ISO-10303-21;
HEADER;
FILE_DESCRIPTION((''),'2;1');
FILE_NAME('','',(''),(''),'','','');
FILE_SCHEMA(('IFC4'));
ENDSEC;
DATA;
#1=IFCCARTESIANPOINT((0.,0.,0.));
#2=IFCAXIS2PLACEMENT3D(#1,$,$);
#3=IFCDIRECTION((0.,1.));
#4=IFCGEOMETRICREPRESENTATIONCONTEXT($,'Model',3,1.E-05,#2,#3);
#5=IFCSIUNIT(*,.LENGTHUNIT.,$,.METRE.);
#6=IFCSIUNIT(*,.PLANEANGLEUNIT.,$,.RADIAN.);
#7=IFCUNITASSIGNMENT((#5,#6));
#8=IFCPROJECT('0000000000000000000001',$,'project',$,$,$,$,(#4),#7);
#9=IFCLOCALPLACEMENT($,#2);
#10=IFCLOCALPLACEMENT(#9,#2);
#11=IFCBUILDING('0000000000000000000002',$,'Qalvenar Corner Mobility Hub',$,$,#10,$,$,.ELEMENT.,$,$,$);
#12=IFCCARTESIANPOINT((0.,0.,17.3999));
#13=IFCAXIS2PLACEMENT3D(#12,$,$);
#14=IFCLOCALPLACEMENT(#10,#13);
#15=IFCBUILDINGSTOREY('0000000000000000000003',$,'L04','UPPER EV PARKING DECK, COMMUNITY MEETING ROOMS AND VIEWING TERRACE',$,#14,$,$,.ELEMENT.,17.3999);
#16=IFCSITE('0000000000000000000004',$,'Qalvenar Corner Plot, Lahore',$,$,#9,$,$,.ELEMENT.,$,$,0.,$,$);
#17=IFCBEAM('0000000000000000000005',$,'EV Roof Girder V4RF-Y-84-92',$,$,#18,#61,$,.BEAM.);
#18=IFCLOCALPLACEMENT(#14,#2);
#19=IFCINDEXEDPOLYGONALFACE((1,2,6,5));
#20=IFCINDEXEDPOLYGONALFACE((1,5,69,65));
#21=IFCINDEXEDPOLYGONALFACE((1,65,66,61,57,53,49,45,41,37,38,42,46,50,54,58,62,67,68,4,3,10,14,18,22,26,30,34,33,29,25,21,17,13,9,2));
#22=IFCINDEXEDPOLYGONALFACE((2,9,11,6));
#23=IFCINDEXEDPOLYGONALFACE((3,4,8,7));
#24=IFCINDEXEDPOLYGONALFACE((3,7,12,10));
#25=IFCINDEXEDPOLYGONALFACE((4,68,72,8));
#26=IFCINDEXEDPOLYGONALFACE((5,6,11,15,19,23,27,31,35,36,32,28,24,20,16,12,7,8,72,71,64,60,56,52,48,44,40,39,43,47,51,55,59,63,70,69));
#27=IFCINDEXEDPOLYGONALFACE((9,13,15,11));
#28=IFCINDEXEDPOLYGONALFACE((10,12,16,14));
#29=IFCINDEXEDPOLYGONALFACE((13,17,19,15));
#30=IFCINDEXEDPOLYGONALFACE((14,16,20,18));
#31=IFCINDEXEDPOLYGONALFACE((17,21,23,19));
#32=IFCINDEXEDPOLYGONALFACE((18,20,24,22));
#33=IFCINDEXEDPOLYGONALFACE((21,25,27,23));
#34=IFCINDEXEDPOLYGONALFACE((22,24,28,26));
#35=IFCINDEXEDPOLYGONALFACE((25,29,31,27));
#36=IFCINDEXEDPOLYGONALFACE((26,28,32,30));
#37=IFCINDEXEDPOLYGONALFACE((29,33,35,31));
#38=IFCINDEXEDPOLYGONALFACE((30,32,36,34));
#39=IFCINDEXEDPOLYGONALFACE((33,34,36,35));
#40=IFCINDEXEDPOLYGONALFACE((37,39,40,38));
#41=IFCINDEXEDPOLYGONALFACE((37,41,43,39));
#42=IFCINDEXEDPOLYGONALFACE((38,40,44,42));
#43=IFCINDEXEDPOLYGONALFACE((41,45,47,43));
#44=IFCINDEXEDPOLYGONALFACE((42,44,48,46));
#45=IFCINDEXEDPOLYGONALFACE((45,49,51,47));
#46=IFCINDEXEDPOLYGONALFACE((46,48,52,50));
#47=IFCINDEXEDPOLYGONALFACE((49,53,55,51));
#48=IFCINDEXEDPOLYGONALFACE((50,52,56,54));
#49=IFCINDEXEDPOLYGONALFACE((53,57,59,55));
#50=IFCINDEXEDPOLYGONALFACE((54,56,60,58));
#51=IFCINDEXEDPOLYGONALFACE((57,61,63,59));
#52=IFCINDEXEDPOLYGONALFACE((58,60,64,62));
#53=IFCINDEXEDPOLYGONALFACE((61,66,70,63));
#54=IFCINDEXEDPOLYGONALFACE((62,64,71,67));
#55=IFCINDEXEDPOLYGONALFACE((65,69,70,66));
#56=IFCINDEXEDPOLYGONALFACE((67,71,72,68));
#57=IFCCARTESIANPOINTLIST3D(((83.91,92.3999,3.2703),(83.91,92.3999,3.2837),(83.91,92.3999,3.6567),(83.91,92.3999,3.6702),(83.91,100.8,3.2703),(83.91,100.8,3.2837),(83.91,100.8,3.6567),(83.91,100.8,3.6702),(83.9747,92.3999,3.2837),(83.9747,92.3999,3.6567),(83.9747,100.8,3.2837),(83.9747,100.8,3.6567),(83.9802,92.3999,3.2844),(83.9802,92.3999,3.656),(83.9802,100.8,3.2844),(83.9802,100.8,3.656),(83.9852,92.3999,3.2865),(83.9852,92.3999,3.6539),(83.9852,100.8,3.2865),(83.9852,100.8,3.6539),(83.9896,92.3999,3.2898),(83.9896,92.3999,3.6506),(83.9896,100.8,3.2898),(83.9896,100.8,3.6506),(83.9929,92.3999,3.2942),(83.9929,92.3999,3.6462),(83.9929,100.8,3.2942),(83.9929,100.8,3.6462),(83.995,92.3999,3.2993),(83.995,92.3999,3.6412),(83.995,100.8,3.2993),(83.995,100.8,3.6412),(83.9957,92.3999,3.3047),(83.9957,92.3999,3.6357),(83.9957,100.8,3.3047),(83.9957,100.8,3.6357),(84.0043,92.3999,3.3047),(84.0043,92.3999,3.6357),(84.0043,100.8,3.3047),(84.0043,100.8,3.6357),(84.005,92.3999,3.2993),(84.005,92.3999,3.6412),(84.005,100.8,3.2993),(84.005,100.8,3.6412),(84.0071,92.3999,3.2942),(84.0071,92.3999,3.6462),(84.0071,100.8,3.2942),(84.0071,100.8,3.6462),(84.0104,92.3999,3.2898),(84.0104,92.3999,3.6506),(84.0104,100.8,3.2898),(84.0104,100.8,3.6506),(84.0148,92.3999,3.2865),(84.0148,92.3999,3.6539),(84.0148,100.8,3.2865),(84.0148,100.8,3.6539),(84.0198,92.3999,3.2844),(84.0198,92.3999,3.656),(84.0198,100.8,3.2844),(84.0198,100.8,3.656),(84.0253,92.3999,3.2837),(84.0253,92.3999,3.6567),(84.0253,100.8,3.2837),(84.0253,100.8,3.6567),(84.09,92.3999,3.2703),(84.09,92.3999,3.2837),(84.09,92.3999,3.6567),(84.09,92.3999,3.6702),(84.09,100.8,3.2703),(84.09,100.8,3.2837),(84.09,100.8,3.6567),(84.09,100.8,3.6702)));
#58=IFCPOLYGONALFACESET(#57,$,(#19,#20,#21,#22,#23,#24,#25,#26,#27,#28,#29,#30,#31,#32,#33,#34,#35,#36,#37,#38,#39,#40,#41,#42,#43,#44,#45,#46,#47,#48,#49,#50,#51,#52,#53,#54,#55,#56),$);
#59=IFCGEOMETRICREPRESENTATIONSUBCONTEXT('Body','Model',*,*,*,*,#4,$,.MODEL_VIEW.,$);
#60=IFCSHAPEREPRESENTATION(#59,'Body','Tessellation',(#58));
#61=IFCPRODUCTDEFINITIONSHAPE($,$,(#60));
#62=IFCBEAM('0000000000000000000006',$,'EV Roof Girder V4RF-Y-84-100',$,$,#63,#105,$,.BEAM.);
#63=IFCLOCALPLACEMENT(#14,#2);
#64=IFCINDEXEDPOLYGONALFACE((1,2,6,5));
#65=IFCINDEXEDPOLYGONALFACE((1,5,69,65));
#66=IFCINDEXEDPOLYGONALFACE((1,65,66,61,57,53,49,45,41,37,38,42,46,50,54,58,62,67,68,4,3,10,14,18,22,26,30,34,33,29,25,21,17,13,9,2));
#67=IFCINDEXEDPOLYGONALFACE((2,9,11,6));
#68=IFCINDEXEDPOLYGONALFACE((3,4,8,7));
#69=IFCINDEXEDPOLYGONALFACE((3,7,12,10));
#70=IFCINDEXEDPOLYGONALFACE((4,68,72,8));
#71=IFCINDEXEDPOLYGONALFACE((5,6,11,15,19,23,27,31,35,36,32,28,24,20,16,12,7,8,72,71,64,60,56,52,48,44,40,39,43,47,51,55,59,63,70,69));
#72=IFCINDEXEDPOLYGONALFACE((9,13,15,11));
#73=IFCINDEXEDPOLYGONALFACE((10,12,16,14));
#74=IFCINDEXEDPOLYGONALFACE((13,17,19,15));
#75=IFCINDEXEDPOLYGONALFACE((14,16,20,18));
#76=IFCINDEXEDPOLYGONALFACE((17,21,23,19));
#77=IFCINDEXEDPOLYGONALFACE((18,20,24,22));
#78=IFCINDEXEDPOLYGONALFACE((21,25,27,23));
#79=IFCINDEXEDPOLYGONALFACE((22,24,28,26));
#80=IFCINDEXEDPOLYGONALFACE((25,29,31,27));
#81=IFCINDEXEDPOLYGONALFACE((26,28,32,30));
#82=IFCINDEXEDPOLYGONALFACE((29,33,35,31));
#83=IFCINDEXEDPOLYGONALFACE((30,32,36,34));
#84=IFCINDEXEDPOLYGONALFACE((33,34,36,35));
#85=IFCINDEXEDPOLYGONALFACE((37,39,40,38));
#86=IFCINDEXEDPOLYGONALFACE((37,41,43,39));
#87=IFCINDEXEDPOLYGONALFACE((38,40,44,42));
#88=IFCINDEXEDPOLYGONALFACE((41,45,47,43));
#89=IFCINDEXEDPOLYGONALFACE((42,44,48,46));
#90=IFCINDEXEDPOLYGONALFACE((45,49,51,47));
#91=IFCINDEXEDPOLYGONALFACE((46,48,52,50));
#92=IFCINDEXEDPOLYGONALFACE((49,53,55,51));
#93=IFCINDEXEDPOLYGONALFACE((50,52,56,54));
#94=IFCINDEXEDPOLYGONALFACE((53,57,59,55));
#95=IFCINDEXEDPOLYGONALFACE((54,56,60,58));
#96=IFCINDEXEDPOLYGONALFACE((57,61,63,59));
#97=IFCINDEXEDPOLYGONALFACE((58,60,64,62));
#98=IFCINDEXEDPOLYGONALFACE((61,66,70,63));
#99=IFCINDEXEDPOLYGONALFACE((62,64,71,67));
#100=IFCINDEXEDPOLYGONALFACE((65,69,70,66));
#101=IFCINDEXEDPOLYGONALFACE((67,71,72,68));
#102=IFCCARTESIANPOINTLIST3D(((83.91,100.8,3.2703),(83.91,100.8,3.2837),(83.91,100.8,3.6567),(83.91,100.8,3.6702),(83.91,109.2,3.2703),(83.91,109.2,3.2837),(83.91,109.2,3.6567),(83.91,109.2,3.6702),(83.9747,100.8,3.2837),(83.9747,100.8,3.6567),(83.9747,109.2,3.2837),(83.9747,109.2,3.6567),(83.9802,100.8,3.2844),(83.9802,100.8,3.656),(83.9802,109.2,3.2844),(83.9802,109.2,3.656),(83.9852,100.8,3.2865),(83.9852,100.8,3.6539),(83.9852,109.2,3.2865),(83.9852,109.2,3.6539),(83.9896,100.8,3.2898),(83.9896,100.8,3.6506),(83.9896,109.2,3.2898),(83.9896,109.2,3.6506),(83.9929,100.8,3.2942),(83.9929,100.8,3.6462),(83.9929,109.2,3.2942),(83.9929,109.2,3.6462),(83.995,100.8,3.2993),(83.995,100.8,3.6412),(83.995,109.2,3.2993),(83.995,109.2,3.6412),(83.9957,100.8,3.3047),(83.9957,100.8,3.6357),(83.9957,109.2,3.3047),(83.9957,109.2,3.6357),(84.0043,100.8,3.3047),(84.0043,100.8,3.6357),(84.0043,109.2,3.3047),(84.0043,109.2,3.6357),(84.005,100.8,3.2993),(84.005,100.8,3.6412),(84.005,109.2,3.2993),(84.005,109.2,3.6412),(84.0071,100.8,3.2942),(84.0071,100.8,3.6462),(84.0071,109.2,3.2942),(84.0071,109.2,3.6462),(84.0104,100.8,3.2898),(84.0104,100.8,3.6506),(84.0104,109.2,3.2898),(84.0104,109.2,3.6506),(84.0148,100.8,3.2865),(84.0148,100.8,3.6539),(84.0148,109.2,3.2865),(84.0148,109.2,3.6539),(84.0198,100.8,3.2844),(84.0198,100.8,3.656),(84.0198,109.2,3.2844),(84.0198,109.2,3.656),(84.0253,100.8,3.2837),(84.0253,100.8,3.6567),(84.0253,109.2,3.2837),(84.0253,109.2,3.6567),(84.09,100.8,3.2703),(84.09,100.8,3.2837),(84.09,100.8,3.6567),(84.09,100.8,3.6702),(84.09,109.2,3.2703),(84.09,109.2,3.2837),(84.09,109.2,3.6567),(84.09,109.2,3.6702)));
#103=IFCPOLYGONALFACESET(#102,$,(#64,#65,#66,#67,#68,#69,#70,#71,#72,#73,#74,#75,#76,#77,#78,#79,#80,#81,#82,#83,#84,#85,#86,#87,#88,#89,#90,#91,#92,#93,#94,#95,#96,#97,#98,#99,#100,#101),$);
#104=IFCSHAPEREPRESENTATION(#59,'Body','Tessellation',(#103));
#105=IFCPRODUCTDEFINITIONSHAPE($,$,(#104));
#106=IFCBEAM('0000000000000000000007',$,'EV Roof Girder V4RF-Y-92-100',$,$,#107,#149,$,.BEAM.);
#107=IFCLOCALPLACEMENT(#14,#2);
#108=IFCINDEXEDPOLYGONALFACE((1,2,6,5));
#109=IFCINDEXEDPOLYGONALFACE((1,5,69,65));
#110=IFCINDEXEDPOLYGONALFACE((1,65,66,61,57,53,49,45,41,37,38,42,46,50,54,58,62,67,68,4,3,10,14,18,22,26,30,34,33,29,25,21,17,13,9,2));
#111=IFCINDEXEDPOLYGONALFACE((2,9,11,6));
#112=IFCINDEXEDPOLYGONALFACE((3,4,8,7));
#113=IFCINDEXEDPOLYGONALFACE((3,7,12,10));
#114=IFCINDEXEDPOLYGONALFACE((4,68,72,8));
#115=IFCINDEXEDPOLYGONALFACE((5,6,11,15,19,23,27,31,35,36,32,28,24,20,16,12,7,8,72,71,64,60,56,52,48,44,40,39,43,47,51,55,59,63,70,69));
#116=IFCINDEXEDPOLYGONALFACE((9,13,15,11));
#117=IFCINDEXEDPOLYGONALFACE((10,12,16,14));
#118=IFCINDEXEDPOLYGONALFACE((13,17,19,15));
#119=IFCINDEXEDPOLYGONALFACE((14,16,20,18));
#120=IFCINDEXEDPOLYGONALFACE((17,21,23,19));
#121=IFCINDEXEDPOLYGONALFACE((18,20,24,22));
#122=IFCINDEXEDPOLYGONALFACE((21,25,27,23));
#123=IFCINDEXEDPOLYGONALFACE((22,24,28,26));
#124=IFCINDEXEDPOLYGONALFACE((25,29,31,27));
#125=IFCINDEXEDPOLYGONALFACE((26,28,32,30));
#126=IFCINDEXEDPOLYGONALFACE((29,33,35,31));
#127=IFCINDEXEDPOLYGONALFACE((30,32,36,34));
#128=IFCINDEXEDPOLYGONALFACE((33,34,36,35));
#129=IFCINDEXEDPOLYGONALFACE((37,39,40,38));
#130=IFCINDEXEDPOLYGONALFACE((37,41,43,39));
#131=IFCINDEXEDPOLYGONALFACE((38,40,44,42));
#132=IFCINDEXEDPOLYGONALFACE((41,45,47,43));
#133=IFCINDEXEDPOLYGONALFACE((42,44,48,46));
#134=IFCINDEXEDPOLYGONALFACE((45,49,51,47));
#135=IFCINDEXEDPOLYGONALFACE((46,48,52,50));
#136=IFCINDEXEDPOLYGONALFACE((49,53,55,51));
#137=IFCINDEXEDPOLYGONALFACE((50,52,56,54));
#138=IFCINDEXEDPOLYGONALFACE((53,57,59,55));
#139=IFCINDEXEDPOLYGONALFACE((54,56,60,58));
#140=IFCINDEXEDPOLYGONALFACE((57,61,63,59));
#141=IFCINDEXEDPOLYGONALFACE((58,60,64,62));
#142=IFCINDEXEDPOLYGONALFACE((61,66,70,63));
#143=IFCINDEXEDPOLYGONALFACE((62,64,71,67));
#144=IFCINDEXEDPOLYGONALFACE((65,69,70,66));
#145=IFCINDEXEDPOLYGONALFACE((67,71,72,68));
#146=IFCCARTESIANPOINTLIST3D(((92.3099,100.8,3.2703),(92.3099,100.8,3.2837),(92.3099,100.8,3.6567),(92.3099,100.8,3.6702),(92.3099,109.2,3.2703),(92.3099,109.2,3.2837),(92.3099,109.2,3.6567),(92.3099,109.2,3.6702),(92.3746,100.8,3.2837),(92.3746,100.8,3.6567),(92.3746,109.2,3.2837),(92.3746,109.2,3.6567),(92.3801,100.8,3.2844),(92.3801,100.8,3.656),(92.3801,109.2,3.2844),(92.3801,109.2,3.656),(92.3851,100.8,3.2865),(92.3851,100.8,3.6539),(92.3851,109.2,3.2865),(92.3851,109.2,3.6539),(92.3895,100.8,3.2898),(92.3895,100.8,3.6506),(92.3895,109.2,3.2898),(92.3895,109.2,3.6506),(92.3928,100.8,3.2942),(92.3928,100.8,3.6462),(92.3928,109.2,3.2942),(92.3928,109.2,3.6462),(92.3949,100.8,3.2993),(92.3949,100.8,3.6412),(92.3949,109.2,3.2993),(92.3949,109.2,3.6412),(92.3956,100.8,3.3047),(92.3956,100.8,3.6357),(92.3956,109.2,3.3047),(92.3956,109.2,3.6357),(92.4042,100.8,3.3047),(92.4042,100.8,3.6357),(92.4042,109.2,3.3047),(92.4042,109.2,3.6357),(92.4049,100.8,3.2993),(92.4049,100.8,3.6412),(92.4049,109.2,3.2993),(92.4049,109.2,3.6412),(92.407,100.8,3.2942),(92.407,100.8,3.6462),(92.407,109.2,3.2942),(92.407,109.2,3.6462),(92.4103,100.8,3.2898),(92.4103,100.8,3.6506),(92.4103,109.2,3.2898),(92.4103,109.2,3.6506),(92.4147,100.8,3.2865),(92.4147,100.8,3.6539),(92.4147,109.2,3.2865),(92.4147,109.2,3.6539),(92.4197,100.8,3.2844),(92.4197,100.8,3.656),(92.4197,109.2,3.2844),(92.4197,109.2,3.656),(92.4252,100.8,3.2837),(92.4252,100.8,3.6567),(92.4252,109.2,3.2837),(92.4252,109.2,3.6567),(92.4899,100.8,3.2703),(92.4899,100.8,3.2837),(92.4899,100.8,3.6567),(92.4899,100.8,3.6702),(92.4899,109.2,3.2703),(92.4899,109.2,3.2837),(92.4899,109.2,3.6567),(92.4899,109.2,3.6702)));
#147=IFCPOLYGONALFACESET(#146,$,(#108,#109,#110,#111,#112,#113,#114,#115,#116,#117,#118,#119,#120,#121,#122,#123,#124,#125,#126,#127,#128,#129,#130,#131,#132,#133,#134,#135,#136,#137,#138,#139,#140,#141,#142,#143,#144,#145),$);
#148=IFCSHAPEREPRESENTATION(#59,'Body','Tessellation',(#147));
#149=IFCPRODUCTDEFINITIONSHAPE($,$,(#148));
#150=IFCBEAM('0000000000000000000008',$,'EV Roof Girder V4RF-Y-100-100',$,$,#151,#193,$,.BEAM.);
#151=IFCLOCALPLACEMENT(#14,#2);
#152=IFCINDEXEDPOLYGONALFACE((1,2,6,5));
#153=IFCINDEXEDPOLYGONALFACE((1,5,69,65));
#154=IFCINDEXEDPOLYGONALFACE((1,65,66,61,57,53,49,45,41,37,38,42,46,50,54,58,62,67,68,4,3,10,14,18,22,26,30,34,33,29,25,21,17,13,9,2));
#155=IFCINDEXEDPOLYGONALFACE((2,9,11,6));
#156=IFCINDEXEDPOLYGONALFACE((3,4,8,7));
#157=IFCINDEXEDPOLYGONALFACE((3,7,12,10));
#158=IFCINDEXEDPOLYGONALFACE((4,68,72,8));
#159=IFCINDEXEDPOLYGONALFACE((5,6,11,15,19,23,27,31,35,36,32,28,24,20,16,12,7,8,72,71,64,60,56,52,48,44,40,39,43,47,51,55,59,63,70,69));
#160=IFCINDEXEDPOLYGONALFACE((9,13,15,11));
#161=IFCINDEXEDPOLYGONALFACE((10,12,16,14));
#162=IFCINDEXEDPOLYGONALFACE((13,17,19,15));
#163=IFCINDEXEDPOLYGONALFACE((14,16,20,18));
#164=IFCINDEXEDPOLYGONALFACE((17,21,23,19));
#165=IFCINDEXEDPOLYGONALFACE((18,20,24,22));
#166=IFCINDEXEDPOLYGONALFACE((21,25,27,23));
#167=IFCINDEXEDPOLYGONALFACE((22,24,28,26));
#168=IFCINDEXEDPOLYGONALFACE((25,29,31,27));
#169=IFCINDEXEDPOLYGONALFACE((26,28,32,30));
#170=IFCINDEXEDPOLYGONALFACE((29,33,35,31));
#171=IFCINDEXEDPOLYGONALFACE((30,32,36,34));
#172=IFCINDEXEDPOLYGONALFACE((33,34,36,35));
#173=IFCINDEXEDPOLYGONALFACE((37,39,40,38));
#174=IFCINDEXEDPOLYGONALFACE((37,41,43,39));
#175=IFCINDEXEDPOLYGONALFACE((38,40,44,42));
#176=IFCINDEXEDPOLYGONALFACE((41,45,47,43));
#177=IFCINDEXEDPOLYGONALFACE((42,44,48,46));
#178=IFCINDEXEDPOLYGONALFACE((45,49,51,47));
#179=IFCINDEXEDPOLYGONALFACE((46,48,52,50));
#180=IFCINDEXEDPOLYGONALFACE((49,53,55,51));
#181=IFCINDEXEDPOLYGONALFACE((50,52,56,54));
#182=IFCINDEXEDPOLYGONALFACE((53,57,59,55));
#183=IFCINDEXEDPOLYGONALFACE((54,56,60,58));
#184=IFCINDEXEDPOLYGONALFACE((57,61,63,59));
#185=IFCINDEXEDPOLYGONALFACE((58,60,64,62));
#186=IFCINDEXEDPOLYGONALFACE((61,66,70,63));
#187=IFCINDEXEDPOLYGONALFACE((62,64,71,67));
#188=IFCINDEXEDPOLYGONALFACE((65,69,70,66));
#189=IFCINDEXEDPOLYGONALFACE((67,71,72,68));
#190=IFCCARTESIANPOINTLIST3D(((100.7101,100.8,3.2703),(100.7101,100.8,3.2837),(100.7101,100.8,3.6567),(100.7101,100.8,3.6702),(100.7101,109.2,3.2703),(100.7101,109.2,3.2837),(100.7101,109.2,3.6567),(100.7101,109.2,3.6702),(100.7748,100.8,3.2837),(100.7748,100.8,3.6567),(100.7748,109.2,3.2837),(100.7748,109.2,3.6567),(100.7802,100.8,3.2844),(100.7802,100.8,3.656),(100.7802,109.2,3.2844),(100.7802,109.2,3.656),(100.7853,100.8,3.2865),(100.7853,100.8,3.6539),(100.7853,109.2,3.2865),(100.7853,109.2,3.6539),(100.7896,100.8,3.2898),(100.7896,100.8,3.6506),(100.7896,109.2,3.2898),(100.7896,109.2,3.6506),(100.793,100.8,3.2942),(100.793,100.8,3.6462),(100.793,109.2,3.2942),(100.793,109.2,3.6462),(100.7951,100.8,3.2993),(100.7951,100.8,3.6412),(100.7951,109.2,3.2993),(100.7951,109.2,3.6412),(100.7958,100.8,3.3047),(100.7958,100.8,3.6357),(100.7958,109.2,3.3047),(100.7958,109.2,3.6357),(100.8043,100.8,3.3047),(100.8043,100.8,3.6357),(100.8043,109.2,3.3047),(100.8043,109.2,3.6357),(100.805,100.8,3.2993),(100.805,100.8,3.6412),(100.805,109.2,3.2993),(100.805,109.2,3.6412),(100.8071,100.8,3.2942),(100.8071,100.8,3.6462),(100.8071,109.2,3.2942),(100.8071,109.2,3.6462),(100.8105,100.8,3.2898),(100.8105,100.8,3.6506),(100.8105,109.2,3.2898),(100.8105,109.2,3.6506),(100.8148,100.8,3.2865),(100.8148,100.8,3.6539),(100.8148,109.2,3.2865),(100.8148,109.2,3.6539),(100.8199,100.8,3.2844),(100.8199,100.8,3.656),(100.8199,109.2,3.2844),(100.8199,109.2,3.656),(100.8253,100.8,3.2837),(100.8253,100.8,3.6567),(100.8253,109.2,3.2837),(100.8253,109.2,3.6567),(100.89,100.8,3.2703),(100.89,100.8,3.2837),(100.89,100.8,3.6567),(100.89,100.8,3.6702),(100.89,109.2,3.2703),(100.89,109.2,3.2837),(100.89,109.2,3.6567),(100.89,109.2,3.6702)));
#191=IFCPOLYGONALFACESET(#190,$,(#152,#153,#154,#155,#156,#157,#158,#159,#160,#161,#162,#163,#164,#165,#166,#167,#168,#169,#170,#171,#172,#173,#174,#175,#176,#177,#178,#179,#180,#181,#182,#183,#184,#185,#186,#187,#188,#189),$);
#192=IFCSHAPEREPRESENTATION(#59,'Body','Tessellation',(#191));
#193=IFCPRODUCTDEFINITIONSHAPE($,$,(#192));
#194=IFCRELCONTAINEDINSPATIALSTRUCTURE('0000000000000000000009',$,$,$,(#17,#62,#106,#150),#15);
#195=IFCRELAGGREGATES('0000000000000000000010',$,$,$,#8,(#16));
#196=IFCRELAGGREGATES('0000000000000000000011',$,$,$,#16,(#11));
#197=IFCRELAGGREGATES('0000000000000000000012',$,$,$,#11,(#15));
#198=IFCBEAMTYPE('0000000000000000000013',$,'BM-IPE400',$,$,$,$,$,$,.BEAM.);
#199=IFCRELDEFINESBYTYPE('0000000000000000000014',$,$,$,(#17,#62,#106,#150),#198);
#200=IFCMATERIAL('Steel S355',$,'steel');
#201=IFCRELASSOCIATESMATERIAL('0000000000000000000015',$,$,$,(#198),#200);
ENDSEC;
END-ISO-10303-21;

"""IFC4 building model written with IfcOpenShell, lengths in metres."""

from ifc_helpers import new_model, si_unit, direction, frame, origin, origin_2d, place, context, subcontext, project, spatial, i_section, extrude, material, material_profile, profile_set, type_object, element, save


model = new_model("IFC4")

# Units and contexts
model_context = context("Model", 3, precision=1e-05, world=origin(), true_north=direction((0.0, 1.0)))
body_context = subcontext(model_context, "Body", "Model", "MODEL_VIEW")
ifc_project = project(units=[si_unit("LENGTHUNIT", "METRE"), si_unit("PLANEANGLEUNIT", "RADIAN")], contexts=[model_context])

# Site, building, storey
site_placement = place(None, origin())
site = spatial("IfcSite", under=ifc_project, at=site_placement, Name="Qalvenar Corner Plot, Lahore", CompositionType="ELEMENT", RefElevation=0.0)
building_placement = place(site_placement, origin())
building = spatial("IfcBuilding", under=site, at=building_placement, Name="Qalvenar Corner Mobility Hub", CompositionType="ELEMENT")
storey_placement = place(building_placement, frame((0.0, 0.0, 17.3999)))
storey = spatial("IfcBuildingStorey", under=building, at=storey_placement, Name="L04", Description="UPPER EV PARKING DECK, COMMUNITY MEETING ROOMS AND VIEWING TERRACE", CompositionType="ELEMENT", Elevation=17.3999)

# Shared definitions
ifc_material = material(Name="Steel S355", Category="steel")

# Beams
ifc_material_profile_1 = material_profile(ifc_material, i_section(OverallWidth=0.1799, OverallDepth=0.3999, WebThickness=0.0085, FlangeThickness=0.0134, FilletRadius=0.021, at=origin_2d()), Name="IPE400")
ifc_profile_set_1 = profile_set([ifc_material_profile_1], Name="Steel S355")
beam_type_1 = type_object("IfcBeamType", Name="BM-IPE400", PredefinedType="BEAM", material=ifc_profile_set_1)
beam_1_placement = place(storey_placement, frame((84.0, 92.3999, 3.4702), z_axis=(0.0, 1.0, 0.0), x_axis=(-1.0, 0.0, 0.0)))
element("IfcBeam", 1, at=beam_1_placement, inside=storey, type_object=beam_type_1, Name="EV Roof Girder V4RF-Y-84-92", PredefinedType="BEAM", context=body_context, shape_type="SweptSolid", body=[
    extrude(i_section(OverallWidth=0.1799, OverallDepth=0.3999, WebThickness=0.0085, FlangeThickness=0.0134, FilletRadius=0.021, at=origin_2d()), origin(), (0.0, 0.0, 1.0), 8.4001),
])
for number, where, z_axis, x_axis, name in (
    (2, (84.0, 100.8, 3.4702), (0.0, 1.0, 0.0), (-1.0, 0.0, 0.0), "EV Roof Girder V4RF-Y-84-100"),
    (3, (92.3999, 100.8, 3.4702), (0.0, 1.0, 0.0), (-1.0, 0.0, 0.0), "EV Roof Girder V4RF-Y-92-100"),
    (4, (100.8, 100.8, 3.4702), (0.0, 1.0, 0.0), (-1.0, 0.0, 0.0), "EV Roof Girder V4RF-Y-100-100"),
):
    element("IfcBeam", number, at=place(storey_placement, frame(where, z_axis=z_axis, x_axis=x_axis)), inside=storey, type_object=beam_type_1, Name=name, PredefinedType="BEAM", context=body_context, shape_type="SweptSolid", body=[
        extrude(i_section(OverallWidth=0.1799, OverallDepth=0.3999, WebThickness=0.0085, FlangeThickness=0.0134, FilletRadius=0.021, at=origin_2d()), origin(), (0.0, 0.0, 1.0), 8.3999),
    ])

save(model, "model.ifc")
